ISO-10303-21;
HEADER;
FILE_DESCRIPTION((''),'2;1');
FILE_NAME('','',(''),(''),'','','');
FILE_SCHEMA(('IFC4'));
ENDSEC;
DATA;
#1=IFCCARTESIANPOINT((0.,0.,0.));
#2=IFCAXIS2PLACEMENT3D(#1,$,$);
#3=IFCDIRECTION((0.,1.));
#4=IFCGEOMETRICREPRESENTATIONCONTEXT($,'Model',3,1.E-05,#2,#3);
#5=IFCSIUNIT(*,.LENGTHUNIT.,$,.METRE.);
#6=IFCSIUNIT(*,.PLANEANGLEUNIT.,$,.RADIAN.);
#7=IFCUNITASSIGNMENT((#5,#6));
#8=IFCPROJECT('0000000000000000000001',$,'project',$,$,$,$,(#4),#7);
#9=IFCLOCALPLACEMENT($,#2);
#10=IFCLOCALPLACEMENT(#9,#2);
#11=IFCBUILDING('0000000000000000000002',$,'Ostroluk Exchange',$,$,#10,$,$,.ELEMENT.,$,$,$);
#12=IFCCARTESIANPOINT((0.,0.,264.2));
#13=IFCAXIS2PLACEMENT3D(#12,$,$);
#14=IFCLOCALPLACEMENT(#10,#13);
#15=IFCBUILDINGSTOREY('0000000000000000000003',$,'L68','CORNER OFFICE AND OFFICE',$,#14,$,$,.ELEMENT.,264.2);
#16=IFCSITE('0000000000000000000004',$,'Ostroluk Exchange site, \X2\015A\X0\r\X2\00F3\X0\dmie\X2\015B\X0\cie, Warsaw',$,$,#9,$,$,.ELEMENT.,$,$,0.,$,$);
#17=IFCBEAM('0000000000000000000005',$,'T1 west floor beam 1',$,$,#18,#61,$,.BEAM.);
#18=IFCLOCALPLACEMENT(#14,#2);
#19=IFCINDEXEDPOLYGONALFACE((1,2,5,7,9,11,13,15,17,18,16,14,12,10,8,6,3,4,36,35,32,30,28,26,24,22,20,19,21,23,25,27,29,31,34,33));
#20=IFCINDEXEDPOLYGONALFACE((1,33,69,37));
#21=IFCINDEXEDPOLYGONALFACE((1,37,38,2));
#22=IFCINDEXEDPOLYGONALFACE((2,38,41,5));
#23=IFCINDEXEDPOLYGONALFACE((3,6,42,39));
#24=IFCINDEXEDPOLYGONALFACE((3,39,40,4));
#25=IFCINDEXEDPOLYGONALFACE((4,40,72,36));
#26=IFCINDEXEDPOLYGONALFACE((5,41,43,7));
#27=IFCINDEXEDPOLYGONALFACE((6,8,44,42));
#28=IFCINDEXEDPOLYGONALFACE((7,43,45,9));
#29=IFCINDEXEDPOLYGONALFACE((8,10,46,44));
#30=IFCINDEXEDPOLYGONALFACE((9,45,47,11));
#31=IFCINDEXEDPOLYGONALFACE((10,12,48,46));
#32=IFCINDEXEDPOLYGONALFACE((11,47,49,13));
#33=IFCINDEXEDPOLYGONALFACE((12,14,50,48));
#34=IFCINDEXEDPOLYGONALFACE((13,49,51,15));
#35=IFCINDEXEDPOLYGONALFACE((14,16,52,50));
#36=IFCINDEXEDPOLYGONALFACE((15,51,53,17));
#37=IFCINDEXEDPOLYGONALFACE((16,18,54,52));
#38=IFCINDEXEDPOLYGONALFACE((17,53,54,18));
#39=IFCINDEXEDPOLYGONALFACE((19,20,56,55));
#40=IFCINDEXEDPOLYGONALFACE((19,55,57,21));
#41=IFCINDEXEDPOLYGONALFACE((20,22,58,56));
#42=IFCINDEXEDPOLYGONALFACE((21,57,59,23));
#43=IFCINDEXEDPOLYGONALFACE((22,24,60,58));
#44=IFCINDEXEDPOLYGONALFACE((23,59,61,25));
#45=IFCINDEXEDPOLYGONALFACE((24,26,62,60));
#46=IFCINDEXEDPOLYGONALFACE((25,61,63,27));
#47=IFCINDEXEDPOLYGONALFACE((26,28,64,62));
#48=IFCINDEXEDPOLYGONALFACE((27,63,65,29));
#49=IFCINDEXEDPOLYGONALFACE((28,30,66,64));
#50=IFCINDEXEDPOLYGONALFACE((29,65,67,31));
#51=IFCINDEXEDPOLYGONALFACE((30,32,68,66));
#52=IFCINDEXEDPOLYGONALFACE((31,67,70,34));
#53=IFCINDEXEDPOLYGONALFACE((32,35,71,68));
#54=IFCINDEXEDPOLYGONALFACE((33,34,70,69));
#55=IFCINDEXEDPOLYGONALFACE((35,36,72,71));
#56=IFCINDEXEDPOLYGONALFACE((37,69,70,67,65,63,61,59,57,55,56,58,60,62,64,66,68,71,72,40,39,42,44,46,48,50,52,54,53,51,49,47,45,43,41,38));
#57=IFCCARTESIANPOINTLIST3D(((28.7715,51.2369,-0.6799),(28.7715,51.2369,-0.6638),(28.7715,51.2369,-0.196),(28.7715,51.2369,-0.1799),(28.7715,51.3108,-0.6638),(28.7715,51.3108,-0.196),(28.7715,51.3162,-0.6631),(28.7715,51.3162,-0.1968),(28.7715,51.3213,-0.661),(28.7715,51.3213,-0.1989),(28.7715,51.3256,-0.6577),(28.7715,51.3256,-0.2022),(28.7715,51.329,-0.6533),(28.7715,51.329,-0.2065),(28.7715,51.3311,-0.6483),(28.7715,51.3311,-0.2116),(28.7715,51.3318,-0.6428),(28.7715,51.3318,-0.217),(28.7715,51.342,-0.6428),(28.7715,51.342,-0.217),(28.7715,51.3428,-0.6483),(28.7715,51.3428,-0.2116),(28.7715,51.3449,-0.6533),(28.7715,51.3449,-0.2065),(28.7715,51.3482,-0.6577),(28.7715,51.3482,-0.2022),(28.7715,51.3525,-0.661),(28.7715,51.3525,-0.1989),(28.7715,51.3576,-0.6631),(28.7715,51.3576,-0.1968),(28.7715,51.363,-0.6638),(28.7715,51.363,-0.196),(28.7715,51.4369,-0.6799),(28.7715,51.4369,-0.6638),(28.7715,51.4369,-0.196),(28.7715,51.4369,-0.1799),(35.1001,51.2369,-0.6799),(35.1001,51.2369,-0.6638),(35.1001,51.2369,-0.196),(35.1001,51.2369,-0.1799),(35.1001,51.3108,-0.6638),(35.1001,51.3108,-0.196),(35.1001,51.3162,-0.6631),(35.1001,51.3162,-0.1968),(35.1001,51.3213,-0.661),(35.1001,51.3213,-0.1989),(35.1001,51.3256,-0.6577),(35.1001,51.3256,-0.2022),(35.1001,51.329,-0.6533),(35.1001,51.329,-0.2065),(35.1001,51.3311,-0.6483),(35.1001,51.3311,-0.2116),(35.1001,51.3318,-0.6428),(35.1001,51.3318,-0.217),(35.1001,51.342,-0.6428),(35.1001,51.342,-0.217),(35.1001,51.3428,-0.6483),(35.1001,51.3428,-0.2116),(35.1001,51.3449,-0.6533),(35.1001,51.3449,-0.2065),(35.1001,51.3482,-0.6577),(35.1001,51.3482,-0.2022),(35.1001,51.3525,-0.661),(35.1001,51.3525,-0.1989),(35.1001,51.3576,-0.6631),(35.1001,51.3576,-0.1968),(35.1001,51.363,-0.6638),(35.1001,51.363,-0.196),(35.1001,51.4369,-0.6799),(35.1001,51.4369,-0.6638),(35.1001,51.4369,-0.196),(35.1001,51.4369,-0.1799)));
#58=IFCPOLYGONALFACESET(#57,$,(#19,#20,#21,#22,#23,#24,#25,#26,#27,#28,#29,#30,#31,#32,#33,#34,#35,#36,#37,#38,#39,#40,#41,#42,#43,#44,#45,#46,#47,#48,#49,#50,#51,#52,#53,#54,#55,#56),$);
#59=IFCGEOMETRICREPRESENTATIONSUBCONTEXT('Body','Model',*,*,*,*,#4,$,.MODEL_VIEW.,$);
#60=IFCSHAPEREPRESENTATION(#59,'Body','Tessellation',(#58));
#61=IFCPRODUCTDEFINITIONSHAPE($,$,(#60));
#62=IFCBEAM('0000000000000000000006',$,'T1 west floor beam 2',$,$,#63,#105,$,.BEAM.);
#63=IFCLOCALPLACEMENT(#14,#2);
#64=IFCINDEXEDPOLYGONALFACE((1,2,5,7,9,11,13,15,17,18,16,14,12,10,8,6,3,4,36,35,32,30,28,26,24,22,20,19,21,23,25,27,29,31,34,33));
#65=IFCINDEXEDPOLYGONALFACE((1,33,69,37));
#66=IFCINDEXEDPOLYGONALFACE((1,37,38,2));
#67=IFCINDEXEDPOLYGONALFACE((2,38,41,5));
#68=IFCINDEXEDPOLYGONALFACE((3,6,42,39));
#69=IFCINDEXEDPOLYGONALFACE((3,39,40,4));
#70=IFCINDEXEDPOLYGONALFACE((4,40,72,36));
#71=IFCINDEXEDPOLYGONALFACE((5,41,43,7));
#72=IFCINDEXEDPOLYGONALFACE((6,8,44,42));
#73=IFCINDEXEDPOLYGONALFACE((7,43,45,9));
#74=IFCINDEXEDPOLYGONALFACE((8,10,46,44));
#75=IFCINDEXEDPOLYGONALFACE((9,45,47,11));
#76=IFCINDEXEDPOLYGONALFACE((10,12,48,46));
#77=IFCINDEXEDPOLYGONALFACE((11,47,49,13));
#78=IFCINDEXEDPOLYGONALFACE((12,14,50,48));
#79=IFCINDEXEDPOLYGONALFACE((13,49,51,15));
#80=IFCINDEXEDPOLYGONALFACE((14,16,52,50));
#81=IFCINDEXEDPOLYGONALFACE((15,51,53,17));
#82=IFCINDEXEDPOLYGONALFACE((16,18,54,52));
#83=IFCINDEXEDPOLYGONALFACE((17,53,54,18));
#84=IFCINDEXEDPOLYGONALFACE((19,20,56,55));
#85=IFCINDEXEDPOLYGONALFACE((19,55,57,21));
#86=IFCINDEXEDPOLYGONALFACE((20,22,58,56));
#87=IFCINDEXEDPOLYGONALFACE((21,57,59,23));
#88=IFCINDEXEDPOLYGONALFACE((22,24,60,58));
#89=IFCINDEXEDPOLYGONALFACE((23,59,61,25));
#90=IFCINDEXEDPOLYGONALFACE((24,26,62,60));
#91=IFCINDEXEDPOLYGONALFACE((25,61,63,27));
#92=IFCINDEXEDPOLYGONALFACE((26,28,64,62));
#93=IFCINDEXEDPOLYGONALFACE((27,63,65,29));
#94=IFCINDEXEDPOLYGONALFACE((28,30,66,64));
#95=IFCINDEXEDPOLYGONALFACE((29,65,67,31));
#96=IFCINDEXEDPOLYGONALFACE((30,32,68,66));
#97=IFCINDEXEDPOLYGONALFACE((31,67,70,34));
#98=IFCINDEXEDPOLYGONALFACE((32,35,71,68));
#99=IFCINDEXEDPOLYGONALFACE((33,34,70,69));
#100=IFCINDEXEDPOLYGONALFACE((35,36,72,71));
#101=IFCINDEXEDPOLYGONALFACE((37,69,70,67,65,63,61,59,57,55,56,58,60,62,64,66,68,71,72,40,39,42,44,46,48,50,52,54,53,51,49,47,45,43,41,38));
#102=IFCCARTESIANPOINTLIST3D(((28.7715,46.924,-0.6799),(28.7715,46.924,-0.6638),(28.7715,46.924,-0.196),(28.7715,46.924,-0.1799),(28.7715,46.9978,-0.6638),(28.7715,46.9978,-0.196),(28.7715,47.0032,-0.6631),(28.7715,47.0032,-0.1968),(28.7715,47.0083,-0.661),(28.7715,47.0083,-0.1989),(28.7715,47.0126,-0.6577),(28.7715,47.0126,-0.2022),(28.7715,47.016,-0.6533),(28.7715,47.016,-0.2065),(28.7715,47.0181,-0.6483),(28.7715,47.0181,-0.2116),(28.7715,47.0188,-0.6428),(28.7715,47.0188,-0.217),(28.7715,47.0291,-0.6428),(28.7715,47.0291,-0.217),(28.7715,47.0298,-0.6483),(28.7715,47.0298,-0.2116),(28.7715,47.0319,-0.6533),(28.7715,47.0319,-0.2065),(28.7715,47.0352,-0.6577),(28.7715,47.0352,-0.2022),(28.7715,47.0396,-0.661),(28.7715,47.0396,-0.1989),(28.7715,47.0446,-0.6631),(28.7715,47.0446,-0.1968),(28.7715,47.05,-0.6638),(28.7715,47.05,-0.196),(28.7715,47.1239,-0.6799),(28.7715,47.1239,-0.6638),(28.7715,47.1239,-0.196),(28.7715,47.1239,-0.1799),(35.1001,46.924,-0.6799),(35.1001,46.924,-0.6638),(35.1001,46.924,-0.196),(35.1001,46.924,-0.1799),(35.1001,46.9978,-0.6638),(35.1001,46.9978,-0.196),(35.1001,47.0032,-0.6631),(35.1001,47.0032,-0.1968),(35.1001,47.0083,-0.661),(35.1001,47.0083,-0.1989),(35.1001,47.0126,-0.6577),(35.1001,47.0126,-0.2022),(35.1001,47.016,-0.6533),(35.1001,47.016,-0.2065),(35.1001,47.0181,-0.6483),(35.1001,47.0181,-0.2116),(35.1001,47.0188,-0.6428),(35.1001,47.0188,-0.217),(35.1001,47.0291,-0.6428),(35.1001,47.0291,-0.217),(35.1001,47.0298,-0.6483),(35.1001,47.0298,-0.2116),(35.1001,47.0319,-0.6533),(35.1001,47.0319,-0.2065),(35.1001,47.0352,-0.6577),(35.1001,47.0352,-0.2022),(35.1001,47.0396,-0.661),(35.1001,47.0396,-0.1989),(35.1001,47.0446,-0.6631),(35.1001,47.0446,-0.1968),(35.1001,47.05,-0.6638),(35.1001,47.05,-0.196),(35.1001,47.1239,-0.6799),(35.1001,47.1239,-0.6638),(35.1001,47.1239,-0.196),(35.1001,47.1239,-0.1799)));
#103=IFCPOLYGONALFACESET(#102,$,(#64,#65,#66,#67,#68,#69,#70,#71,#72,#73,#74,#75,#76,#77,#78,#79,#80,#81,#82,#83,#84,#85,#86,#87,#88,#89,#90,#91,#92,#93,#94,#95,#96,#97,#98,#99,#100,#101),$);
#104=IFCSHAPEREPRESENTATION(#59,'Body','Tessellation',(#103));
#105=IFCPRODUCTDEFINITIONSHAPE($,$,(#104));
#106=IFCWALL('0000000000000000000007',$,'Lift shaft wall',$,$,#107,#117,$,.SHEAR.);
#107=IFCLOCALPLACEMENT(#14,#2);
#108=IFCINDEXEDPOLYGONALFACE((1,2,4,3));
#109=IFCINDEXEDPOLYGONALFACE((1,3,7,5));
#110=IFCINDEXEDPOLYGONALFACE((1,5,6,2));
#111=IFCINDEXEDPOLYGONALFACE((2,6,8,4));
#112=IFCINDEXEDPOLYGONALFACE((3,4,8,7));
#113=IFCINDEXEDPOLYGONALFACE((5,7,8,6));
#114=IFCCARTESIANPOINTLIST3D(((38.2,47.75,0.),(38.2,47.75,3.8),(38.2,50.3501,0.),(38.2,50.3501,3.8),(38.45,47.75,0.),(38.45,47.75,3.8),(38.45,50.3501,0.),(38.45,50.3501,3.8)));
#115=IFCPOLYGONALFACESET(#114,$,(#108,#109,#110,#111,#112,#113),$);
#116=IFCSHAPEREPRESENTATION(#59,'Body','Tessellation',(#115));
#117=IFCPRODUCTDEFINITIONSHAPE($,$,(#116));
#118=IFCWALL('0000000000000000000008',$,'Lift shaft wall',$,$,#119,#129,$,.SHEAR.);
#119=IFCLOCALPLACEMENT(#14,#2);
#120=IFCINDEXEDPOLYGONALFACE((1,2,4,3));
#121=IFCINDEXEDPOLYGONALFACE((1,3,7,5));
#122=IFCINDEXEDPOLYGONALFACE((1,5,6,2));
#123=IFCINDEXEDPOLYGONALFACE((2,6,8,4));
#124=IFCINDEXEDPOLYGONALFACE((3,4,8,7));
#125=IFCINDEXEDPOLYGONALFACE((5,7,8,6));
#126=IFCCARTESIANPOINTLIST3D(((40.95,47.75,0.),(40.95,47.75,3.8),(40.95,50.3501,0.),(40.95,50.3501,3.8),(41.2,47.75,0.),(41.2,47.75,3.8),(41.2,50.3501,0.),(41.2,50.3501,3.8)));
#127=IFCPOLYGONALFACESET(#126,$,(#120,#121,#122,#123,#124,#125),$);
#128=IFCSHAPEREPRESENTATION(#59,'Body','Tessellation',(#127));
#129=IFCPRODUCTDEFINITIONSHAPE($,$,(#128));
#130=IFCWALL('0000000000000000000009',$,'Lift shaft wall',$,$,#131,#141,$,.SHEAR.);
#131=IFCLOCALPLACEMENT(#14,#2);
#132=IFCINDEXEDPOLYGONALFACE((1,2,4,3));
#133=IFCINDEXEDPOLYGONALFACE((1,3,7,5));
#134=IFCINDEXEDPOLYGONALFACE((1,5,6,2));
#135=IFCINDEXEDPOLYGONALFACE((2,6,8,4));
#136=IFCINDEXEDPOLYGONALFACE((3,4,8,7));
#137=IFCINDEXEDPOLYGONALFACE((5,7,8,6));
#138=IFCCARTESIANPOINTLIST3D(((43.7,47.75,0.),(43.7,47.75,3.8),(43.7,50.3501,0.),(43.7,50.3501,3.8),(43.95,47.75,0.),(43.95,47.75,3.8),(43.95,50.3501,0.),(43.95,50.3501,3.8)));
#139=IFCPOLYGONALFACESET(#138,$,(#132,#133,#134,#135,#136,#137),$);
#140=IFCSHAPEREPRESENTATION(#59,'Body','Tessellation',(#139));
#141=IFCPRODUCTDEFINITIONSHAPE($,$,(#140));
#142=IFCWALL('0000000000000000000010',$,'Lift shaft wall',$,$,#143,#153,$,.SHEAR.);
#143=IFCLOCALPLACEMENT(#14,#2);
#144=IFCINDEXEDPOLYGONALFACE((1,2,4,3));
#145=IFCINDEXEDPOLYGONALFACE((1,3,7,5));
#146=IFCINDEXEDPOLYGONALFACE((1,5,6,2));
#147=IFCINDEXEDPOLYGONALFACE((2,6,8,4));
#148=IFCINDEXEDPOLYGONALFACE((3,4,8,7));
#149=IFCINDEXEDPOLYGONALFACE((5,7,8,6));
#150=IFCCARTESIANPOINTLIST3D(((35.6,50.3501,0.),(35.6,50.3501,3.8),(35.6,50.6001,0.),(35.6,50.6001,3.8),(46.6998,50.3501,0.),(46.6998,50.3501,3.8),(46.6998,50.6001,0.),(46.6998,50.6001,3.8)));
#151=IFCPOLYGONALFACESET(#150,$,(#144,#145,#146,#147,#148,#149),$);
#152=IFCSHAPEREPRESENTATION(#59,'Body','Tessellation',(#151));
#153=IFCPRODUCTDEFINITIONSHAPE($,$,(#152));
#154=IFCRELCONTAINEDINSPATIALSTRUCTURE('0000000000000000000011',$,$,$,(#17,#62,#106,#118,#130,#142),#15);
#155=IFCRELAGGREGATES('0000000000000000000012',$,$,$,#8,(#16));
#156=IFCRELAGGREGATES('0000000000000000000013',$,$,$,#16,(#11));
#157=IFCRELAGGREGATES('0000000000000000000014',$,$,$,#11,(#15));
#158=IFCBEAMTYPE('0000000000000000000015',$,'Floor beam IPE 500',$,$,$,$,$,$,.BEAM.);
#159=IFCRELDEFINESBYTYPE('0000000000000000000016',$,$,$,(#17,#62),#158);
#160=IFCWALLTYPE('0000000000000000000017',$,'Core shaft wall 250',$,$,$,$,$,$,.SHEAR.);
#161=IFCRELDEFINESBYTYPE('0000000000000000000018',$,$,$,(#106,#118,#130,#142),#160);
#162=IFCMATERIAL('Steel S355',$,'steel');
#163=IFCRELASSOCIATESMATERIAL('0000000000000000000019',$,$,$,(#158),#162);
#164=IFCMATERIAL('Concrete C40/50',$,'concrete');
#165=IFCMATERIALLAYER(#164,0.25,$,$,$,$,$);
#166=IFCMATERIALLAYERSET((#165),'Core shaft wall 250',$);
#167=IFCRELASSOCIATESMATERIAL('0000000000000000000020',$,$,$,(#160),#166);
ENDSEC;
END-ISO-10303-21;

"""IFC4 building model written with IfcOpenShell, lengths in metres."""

from ifc_helpers import new_model, si_unit, direction, frame, frame_2d, origin, origin_2d, place, context, subcontext, project, spatial, rectangle, i_section, extrude, material, layer, layer_set, material_profile, profile_set, type_object, element, save


model = new_model("IFC4")

# Units and contexts
model_context = context("Model", 3, precision=1e-05, world=origin(), true_north=direction((0.0, 1.0)))
body_context = subcontext(model_context, "Body", "Model", "MODEL_VIEW")
ifc_project = project(units=[si_unit("LENGTHUNIT", "METRE"), si_unit("PLANEANGLEUNIT", "RADIAN")], contexts=[model_context])

# Site, building, storey
site_placement = place(None, origin())
site = spatial("IfcSite", under=ifc_project, at=site_placement, Name="Ostroluk Exchange site, Śródmieście, Warsaw", CompositionType="ELEMENT", RefElevation=0.0)
building_placement = place(site_placement, origin())
building = spatial("IfcBuilding", under=site, at=building_placement, Name="Ostroluk Exchange", CompositionType="ELEMENT")
storey_placement = place(building_placement, frame((0.0, 0.0, 264.2)))
storey = spatial("IfcBuildingStorey", under=building, at=storey_placement, Name="L68", Description="CORNER OFFICE AND OFFICE", CompositionType="ELEMENT", Elevation=264.2)

# Beams
ifc_material_1 = material(Name="Steel S355", Category="steel")
ifc_material_profile = material_profile(ifc_material_1, i_section(OverallWidth=0.2, OverallDepth=0.5, WebThickness=0.0103, FlangeThickness=0.0161, FilletRadius=0.021, at=origin_2d()), Name="IPE 500")
ifc_profile_set = profile_set([ifc_material_profile], Name="Steel S355")
beam_type = type_object("IfcBeamType", Name="Floor beam IPE 500", PredefinedType="BEAM", material=ifc_profile_set)
for number, where, z_axis, x_axis, name in (
    (1, (35.1001, 51.3369, -0.4299), (-1.0, 0.0, 0.0), (0.0, -1.0, 0.0), "T1 west floor beam 1"),
    (2, (35.1001, 47.0239, -0.4299), (-1.0, 0.0, 0.0), (0.0, -1.0, 0.0), "T1 west floor beam 2"),
):
    element("IfcBeam", number, at=place(storey_placement, frame(where, z_axis=z_axis, x_axis=x_axis)), inside=storey, type_object=beam_type, Name=name, PredefinedType="BEAM", context=body_context, shape_type="SweptSolid", body=[
        extrude(i_section(OverallWidth=0.2, OverallDepth=0.5, WebThickness=0.0103, FlangeThickness=0.0161, FilletRadius=0.021, at=origin_2d()), origin(), (0.0, 0.0, 1.0), 6.3286),
    ])

# Walls
ifc_material_2 = material(Name="Concrete C40/50", Category="concrete")
ifc_layer = layer(ifc_material_2, 0.25)
ifc_layer_set = layer_set([ifc_layer], Name="Core shaft wall 250")
wall_type = type_object("IfcWallType", Name="Core shaft wall 250", PredefinedType="SHEAR", material=ifc_layer_set)
for number, where, z_axis, x_axis, name in (
    (3, (38.325, 47.75, 0.0), (0.0, 0.0, 1.0), (0.0, 1.0, 0.0), "Lift shaft wall"),
    (4, (41.075, 47.75, 0.0), (0.0, 0.0, 1.0), (0.0, 1.0, 0.0), "Lift shaft wall"),
    (5, (43.825, 47.75, 0.0), (0.0, 0.0, 1.0), (0.0, 1.0, 0.0), "Lift shaft wall"),
):
    element("IfcWall", number, at=place(storey_placement, frame(where, z_axis=z_axis, x_axis=x_axis)), inside=storey, type_object=wall_type, Name=name, PredefinedType="SHEAR", context=body_context, shape_type="SweptSolid", body=[
        extrude(rectangle(XDim=2.6001, YDim=0.25, at=frame_2d((1.3, 0.0))), origin(), (0.0, 0.0, 1.0), 3.8),
    ])
wall_1_placement = place(storey_placement, frame((35.6001, 50.4751, 0.0), z_axis=(0.0, 0.0, 1.0), x_axis=(1.0, 0.0, 0.0)))
element("IfcWall", 6, at=wall_1_placement, inside=storey, type_object=wall_type, Name="Lift shaft wall", PredefinedType="SHEAR", context=body_context, shape_type="SweptSolid", body=[
    extrude(rectangle(XDim=11.0999, YDim=0.25, at=frame_2d((5.5498, 0.0))), origin(), (0.0, 0.0, 1.0), 3.8),
])

save(model, "model.ifc")
